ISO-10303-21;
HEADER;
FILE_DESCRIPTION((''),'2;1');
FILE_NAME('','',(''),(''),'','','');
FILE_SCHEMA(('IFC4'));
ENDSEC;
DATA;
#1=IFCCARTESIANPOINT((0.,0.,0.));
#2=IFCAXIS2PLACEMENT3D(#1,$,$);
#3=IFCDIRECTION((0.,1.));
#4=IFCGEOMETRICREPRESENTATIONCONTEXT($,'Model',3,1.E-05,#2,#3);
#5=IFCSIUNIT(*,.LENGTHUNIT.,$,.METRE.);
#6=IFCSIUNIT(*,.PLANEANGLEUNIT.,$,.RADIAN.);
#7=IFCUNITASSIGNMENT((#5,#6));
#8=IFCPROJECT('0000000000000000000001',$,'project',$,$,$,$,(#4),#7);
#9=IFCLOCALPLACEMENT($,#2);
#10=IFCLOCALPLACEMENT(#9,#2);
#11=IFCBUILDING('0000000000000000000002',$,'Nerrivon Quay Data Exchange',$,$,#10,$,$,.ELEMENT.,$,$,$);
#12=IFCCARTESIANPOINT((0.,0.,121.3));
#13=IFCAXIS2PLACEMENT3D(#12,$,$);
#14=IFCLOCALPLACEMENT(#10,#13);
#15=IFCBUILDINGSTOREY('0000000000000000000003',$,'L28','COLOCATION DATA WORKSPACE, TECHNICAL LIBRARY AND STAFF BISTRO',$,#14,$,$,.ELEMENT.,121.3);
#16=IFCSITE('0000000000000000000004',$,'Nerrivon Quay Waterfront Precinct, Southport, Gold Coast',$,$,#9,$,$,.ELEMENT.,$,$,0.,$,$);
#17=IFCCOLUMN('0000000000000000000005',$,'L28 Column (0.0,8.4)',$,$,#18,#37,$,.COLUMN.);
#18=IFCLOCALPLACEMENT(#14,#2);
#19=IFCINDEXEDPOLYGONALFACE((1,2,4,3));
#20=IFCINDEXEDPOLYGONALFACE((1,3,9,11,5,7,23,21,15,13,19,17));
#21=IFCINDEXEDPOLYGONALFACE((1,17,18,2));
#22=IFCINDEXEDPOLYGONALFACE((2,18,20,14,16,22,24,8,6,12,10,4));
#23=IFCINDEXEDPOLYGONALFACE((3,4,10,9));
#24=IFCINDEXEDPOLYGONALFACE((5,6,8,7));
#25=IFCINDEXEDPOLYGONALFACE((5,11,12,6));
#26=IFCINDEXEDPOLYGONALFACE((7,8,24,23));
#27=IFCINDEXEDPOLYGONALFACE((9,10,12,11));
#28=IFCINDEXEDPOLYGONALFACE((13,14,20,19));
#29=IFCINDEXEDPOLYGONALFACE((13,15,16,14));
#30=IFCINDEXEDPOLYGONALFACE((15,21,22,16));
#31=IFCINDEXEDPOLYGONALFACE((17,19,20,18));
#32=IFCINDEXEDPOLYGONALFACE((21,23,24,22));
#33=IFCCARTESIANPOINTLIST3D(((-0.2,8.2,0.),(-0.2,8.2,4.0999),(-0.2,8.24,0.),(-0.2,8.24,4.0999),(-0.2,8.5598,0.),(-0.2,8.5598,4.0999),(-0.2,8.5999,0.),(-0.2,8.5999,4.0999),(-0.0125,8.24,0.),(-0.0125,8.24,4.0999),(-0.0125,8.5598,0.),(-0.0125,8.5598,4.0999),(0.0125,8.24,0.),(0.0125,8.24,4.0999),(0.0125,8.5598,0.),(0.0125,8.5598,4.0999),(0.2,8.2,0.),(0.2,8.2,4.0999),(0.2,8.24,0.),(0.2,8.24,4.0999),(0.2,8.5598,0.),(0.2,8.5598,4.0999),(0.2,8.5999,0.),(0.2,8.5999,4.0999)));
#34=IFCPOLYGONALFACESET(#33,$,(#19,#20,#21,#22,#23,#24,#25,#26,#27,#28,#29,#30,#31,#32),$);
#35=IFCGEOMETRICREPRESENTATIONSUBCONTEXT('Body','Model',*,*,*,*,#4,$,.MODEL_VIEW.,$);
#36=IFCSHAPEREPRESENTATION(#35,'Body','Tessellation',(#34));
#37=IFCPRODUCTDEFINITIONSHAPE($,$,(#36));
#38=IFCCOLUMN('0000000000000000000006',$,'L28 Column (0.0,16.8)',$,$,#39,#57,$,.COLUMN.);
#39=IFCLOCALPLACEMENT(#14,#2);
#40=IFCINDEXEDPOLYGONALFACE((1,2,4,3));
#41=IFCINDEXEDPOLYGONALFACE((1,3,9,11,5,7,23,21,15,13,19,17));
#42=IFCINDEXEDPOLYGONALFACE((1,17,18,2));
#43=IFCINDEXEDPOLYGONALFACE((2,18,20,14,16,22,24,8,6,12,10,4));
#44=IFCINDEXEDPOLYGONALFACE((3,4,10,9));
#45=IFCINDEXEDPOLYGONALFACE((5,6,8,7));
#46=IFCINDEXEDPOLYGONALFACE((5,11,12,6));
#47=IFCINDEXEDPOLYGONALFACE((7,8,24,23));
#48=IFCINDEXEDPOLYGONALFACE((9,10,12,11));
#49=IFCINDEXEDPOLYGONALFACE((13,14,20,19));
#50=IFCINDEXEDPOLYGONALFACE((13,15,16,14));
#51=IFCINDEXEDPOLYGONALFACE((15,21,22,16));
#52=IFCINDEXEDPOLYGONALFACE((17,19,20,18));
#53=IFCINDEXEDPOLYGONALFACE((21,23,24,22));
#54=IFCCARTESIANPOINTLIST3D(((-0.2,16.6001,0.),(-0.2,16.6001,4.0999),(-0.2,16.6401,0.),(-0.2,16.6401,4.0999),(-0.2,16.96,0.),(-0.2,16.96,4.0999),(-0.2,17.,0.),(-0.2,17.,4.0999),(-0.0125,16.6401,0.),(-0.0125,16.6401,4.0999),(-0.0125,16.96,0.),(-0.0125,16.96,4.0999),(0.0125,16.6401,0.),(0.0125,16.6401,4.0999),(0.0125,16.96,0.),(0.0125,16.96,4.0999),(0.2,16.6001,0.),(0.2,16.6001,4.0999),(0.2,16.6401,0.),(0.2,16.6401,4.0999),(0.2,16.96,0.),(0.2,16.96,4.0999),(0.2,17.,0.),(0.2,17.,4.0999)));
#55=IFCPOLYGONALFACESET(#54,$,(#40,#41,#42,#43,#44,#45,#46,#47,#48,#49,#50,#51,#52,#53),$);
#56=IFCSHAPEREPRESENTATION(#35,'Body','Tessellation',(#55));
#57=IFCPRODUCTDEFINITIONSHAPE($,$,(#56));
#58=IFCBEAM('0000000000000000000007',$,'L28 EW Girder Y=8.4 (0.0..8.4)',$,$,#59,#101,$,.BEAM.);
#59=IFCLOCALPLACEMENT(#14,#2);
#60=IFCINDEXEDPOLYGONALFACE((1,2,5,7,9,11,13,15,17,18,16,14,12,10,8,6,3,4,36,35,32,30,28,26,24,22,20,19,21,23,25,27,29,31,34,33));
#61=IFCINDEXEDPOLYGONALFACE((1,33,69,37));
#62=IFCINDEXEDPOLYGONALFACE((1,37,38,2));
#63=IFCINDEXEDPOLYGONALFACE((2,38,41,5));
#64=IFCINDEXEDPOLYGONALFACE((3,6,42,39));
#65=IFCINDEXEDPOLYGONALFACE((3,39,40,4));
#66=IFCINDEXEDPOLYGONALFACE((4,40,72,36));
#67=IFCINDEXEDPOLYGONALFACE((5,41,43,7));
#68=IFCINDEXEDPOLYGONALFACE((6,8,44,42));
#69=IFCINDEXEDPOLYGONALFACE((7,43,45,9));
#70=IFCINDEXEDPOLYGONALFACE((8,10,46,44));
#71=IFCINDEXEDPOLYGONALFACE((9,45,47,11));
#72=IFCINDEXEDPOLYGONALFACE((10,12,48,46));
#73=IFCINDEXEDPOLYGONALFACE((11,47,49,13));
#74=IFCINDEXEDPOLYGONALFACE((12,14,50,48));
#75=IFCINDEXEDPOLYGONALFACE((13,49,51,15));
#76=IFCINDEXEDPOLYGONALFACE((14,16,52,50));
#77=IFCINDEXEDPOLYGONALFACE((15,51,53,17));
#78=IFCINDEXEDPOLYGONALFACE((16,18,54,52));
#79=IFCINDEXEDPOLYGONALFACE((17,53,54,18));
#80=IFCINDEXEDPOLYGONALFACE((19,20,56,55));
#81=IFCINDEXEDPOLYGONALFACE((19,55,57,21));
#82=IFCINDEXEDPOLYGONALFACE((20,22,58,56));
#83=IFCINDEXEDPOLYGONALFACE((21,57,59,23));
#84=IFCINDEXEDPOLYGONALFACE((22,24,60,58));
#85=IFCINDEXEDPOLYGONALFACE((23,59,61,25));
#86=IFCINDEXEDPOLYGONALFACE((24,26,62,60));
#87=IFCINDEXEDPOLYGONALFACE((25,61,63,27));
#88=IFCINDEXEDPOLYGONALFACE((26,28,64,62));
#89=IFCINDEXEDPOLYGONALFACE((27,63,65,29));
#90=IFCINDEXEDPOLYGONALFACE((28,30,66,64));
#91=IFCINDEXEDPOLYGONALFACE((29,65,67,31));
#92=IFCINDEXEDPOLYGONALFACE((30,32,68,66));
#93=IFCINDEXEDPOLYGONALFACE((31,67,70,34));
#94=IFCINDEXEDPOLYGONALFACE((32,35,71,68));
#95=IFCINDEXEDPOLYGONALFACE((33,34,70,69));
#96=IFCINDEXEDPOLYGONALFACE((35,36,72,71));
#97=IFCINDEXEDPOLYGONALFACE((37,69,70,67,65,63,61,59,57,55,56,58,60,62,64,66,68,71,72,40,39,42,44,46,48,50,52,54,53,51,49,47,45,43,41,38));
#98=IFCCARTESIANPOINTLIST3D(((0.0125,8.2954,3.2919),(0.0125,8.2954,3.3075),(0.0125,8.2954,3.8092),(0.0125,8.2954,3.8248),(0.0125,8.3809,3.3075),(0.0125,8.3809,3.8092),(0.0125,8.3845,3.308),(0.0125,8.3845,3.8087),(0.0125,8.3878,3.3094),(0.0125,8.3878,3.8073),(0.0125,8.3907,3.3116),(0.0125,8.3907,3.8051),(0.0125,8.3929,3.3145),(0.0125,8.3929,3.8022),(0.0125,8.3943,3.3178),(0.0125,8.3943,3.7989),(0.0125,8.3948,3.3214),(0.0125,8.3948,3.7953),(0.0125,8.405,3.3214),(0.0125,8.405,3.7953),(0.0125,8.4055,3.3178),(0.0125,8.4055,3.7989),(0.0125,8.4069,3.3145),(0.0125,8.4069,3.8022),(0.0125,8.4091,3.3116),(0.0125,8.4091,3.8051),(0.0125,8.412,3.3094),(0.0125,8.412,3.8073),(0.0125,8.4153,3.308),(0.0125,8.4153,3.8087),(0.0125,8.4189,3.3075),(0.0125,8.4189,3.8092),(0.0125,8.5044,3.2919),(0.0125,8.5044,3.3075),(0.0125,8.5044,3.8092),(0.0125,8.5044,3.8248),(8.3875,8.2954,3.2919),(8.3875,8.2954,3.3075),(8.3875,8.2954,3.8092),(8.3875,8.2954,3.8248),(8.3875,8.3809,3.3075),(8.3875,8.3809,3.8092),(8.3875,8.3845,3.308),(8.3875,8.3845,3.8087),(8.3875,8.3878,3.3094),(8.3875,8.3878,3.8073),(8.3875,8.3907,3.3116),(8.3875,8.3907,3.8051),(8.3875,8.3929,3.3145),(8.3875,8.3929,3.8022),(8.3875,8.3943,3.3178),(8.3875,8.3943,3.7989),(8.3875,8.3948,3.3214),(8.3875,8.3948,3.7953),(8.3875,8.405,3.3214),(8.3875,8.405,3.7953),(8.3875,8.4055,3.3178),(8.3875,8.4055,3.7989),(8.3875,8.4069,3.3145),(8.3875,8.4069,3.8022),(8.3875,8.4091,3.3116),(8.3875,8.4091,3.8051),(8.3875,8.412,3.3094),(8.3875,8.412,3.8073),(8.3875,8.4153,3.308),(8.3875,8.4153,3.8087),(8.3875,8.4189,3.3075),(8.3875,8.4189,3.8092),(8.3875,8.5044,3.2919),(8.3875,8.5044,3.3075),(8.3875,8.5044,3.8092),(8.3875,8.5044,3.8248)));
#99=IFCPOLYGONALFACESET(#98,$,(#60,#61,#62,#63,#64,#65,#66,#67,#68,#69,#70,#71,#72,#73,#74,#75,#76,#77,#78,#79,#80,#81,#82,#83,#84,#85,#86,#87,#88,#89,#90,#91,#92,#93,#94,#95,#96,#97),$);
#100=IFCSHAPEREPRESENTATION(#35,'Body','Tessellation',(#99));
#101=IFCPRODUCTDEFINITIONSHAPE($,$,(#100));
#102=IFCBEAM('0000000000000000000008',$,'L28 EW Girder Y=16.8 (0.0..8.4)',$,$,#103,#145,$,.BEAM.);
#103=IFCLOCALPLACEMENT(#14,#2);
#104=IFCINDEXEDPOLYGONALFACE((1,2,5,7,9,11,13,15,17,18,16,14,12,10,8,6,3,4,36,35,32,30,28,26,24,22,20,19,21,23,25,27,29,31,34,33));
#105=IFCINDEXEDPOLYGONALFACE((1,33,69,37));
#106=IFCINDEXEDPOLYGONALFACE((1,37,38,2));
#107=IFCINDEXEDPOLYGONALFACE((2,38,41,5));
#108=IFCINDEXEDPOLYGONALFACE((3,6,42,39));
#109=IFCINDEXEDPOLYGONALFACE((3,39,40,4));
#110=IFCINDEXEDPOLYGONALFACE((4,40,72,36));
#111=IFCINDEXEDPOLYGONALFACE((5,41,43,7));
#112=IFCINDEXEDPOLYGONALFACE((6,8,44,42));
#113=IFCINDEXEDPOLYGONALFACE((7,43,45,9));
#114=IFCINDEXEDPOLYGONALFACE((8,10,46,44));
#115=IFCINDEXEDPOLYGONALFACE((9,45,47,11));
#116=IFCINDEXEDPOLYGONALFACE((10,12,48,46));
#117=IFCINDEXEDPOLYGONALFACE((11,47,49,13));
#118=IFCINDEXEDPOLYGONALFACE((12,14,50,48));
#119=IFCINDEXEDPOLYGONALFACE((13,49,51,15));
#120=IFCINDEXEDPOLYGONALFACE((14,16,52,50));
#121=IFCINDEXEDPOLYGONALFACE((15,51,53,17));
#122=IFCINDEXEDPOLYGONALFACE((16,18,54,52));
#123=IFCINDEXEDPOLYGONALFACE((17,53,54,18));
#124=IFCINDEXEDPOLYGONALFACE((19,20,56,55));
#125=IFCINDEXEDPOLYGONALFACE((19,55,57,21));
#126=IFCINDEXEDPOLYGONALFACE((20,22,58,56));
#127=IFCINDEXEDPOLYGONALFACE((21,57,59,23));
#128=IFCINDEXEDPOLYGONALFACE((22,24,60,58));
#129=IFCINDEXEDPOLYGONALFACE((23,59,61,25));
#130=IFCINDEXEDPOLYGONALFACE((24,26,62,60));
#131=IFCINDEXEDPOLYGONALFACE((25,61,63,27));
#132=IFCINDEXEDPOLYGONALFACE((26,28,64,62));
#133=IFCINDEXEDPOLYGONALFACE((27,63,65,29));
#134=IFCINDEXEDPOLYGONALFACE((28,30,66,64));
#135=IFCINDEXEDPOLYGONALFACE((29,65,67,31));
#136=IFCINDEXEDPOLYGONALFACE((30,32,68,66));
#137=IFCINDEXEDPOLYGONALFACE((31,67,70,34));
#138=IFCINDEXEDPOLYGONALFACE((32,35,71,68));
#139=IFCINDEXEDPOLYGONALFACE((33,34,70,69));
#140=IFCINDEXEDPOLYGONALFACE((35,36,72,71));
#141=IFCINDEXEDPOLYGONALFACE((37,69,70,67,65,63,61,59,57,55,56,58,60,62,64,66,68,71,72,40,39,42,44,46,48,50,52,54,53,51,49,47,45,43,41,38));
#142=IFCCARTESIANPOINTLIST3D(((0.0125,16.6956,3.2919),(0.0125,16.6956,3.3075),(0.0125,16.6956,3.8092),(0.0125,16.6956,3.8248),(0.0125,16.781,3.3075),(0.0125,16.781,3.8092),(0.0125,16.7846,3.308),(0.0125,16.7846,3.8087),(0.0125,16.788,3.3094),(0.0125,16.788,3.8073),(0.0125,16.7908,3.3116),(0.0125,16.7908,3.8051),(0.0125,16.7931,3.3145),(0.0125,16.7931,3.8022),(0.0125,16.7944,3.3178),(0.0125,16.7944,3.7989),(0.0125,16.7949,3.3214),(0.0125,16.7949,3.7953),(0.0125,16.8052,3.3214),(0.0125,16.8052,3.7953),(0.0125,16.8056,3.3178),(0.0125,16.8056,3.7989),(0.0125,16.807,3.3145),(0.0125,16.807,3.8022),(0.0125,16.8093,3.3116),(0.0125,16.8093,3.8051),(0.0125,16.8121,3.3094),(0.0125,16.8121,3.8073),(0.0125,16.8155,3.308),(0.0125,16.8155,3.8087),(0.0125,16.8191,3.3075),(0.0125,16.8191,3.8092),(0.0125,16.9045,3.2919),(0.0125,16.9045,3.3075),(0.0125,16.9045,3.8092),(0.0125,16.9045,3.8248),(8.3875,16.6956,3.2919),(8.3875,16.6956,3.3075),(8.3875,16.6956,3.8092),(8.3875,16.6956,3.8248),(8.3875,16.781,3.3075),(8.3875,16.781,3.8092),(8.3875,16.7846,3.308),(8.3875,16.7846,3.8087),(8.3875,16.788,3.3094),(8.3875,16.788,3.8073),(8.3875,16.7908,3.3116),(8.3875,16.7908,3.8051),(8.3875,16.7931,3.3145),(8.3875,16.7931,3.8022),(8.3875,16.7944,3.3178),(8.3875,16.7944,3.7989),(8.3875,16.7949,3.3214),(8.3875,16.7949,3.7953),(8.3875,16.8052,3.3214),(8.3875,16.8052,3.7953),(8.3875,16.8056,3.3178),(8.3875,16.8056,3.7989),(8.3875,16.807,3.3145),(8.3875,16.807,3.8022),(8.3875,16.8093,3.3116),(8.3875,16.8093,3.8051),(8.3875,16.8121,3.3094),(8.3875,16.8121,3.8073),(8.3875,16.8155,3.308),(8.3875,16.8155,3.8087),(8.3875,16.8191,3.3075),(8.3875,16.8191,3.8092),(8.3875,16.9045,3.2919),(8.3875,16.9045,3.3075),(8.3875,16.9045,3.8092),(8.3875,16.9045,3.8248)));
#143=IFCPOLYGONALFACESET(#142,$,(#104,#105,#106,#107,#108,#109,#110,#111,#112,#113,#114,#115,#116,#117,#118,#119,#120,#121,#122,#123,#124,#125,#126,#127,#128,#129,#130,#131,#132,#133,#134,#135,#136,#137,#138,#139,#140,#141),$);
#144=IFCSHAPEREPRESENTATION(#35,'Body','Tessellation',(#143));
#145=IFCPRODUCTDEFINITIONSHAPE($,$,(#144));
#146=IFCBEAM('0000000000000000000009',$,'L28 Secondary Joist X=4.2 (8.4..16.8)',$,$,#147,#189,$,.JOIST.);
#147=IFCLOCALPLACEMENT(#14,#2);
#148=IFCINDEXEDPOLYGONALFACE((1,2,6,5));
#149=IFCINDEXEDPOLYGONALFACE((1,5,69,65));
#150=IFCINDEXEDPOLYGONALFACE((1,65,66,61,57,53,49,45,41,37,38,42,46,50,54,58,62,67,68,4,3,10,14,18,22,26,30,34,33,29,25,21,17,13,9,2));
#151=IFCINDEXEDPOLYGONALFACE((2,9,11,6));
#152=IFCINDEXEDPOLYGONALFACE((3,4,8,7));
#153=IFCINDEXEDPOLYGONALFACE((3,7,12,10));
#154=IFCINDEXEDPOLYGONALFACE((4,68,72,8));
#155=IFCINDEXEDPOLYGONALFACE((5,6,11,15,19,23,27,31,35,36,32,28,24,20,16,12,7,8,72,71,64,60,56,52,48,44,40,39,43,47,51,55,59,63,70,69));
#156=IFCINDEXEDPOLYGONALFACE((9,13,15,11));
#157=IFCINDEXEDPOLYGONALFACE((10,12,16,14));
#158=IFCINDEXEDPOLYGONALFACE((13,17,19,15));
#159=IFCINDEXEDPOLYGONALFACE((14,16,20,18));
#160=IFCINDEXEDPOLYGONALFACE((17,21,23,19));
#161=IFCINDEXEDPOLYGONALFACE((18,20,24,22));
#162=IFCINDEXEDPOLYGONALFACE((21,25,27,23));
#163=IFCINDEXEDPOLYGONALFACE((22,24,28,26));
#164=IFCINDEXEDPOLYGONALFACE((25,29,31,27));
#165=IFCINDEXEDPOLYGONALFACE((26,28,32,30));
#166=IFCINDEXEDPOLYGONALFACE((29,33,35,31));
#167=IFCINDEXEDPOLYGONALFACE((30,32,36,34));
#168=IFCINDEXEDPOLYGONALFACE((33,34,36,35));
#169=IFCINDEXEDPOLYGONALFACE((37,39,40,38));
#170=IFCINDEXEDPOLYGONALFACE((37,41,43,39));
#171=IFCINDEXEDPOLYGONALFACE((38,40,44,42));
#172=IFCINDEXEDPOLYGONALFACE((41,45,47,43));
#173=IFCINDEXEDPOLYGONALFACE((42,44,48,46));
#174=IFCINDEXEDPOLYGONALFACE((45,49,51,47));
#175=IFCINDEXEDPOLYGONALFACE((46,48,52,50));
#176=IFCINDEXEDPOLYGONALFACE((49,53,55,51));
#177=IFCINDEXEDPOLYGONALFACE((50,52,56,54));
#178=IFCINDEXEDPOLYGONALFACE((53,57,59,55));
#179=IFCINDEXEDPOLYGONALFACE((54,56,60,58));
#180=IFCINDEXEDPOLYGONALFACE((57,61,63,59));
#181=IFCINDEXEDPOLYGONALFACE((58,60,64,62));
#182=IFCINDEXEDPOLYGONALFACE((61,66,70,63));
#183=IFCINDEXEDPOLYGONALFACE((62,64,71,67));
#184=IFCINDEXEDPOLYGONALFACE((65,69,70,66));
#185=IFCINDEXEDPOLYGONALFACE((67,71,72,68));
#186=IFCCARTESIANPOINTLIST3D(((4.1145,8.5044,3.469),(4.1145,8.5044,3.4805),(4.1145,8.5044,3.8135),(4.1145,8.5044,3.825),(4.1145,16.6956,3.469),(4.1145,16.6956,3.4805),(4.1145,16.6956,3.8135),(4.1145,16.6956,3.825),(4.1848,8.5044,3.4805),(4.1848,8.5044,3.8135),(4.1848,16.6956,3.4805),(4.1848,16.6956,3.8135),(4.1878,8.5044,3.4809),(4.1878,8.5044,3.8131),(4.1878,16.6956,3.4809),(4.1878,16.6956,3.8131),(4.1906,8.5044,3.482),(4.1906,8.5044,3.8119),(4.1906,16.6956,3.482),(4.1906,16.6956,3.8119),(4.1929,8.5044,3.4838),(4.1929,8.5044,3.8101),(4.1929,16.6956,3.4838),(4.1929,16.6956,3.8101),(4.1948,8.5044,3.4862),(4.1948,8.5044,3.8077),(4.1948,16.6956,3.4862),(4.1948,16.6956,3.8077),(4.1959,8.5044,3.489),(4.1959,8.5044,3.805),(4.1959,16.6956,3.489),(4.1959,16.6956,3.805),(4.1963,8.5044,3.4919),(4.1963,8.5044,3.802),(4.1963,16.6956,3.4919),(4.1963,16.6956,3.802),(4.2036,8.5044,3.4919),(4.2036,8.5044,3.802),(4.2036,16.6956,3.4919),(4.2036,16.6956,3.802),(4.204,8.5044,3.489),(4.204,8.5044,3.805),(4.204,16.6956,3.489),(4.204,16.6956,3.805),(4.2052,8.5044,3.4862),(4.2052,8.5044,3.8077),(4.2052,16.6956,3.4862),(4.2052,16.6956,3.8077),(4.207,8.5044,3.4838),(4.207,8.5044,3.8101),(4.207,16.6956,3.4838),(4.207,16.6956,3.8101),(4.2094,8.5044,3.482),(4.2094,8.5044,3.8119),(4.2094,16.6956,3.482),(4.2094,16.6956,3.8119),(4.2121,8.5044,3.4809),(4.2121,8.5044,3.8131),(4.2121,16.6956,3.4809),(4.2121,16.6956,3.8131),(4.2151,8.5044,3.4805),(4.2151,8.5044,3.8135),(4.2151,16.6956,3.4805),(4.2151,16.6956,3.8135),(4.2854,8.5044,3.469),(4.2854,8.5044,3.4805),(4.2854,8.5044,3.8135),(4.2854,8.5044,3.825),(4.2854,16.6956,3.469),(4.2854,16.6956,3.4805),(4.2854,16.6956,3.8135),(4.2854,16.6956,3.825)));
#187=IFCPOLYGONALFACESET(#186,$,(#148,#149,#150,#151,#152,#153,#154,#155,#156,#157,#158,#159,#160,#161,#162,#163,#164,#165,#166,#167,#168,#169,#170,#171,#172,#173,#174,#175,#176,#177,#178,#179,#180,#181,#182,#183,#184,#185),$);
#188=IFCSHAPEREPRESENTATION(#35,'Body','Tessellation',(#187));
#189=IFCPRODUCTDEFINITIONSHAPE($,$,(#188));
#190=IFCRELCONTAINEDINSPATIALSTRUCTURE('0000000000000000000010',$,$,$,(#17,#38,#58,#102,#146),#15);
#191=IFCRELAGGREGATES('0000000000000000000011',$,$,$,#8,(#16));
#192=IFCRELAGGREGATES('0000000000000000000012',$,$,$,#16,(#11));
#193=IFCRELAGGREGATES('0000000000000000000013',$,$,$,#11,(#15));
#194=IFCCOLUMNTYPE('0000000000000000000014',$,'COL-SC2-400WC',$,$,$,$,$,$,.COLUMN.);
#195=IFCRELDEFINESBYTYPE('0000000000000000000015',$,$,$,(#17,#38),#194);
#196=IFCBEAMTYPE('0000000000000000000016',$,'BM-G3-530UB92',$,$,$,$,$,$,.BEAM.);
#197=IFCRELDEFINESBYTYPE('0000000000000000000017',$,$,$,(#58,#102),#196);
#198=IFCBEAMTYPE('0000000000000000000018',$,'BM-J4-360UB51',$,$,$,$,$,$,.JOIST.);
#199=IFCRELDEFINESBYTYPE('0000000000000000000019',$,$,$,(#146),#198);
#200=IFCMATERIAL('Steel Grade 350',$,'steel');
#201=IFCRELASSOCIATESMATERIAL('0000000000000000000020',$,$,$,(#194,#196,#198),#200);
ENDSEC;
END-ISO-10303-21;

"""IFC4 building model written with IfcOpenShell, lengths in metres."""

from ifc_helpers import new_model, si_unit, direction, frame, origin, origin_2d, place, context, subcontext, project, spatial, i_section, extrude, material, material_profile, profile_set, type_object, element, save


model = new_model("IFC4")

# Units and contexts
model_context = context("Model", 3, precision=1e-05, world=origin(), true_north=direction((0.0, 1.0)))
body_context = subcontext(model_context, "Body", "Model", "MODEL_VIEW")
ifc_project = project(units=[si_unit("LENGTHUNIT", "METRE"), si_unit("PLANEANGLEUNIT", "RADIAN")], contexts=[model_context])

# Site, building, storey
site_placement = place(None, origin())
site = spatial("IfcSite", under=ifc_project, at=site_placement, Name="Nerrivon Quay Waterfront Precinct, Southport, Gold Coast", CompositionType="ELEMENT", RefElevation=0.0)
building_placement = place(site_placement, origin())
building = spatial("IfcBuilding", under=site, at=building_placement, Name="Nerrivon Quay Data Exchange", CompositionType="ELEMENT")
storey_placement = place(building_placement, frame((0.0, 0.0, 121.3)))
storey = spatial("IfcBuildingStorey", under=building, at=storey_placement, Name="L28", Description="COLOCATION DATA WORKSPACE, TECHNICAL LIBRARY AND STAFF BISTRO", CompositionType="ELEMENT", Elevation=121.3)

# Columns
ifc_material_1 = material(Name="Steel Grade 350", Category="steel")
ifc_material_profile_1 = material_profile(ifc_material_1, i_section(OverallWidth=0.3999, OverallDepth=0.3999, WebThickness=0.0249, FlangeThickness=0.04, at=origin_2d()), Name="400WC328")
ifc_profile_set_1 = profile_set([ifc_material_profile_1], Name="Steel Grade 350")
column_type = type_object("IfcColumnType", Name="COL-SC2-400WC", PredefinedType="COLUMN", material=ifc_profile_set_1)
for number, where, z_axis, x_axis, name in (
    (1, (0.0, 8.3999, 0.0), (0.0, 0.0, 1.0), (1.0, 0.0, 0.0), "L28 Column (0.0,8.4)"),
    (2, (0.0, 16.8, 0.0), (0.0, 0.0, 1.0), (1.0, 0.0, 0.0), "L28 Column (0.0,16.8)"),
):
    element("IfcColumn", number, at=place(storey_placement, frame(where, z_axis=z_axis, x_axis=x_axis)), inside=storey, type_object=column_type, Name=name, PredefinedType="COLUMN", context=body_context, shape_type="SweptSolid", body=[
        extrude(i_section(OverallWidth=0.3999, OverallDepth=0.3999, WebThickness=0.0249, FlangeThickness=0.04, at=origin_2d()), origin(), (0.0, 0.0, 1.0), 4.0999),
    ])

# Beams
ifc_material_profile_2 = material_profile(ifc_material_1, i_section(OverallWidth=0.209, OverallDepth=0.533, WebThickness=0.0103, FlangeThickness=0.0156, FilletRadius=0.0139, at=origin_2d()), Name="530UB92.4")
ifc_profile_set_2 = profile_set([ifc_material_profile_2], Name="Steel Grade 350")
beam_type_1 = type_object("IfcBeamType", Name="BM-G3-530UB92", PredefinedType="BEAM", material=ifc_profile_set_2)
for number, where, z_axis, x_axis, name in (
    (3, (0.0125, 8.3999, 3.5583), (1.0, 0.0, 0.0), (0.0, 1.0, 0.0), "L28 EW Girder Y=8.4 (0.0..8.4)"),
    (4, (0.0125, 16.8, 3.5583), (1.0, 0.0, 0.0), (0.0, 1.0, 0.0), "L28 EW Girder Y=16.8 (0.0..8.4)"),
):
    element("IfcBeam", number, at=place(storey_placement, frame(where, z_axis=z_axis, x_axis=x_axis)), inside=storey, type_object=beam_type_1, Name=name, PredefinedType="BEAM", context=body_context, shape_type="SweptSolid", body=[
        extrude(i_section(OverallWidth=0.209, OverallDepth=0.533, WebThickness=0.0103, FlangeThickness=0.0156, FilletRadius=0.0139, at=origin_2d()), origin(), (0.0, 0.0, 1.0), 8.375),
    ])
ifc_material_profile_3 = material_profile(ifc_material_1, i_section(OverallWidth=0.1709, OverallDepth=0.356, WebThickness=0.0073, FlangeThickness=0.0115, FilletRadius=0.0115, at=origin_2d()), Name="360UB50.7")
ifc_profile_set_3 = profile_set([ifc_material_profile_3], Name="Steel Grade 350")
beam_type_2 = type_object("IfcBeamType", Name="BM-J4-360UB51", PredefinedType="JOIST", material=ifc_profile_set_3)
beam_1_placement = place(storey_placement, frame((4.2, 8.5044, 3.647), z_axis=(0.0, 1.0, 0.0), x_axis=(-1.0, 0.0, 0.0)))
element("IfcBeam", 5, at=beam_1_placement, inside=storey, type_object=beam_type_2, Name="L28 Secondary Joist X=4.2 (8.4..16.8)", PredefinedType="JOIST", context=body_context, shape_type="SweptSolid", body=[
    extrude(i_section(OverallWidth=0.1709, OverallDepth=0.356, WebThickness=0.0073, FlangeThickness=0.0115, FilletRadius=0.0115, at=origin_2d()), origin(), (0.0, 0.0, 1.0), 8.1912),
])

save(model, "model.ifc")
